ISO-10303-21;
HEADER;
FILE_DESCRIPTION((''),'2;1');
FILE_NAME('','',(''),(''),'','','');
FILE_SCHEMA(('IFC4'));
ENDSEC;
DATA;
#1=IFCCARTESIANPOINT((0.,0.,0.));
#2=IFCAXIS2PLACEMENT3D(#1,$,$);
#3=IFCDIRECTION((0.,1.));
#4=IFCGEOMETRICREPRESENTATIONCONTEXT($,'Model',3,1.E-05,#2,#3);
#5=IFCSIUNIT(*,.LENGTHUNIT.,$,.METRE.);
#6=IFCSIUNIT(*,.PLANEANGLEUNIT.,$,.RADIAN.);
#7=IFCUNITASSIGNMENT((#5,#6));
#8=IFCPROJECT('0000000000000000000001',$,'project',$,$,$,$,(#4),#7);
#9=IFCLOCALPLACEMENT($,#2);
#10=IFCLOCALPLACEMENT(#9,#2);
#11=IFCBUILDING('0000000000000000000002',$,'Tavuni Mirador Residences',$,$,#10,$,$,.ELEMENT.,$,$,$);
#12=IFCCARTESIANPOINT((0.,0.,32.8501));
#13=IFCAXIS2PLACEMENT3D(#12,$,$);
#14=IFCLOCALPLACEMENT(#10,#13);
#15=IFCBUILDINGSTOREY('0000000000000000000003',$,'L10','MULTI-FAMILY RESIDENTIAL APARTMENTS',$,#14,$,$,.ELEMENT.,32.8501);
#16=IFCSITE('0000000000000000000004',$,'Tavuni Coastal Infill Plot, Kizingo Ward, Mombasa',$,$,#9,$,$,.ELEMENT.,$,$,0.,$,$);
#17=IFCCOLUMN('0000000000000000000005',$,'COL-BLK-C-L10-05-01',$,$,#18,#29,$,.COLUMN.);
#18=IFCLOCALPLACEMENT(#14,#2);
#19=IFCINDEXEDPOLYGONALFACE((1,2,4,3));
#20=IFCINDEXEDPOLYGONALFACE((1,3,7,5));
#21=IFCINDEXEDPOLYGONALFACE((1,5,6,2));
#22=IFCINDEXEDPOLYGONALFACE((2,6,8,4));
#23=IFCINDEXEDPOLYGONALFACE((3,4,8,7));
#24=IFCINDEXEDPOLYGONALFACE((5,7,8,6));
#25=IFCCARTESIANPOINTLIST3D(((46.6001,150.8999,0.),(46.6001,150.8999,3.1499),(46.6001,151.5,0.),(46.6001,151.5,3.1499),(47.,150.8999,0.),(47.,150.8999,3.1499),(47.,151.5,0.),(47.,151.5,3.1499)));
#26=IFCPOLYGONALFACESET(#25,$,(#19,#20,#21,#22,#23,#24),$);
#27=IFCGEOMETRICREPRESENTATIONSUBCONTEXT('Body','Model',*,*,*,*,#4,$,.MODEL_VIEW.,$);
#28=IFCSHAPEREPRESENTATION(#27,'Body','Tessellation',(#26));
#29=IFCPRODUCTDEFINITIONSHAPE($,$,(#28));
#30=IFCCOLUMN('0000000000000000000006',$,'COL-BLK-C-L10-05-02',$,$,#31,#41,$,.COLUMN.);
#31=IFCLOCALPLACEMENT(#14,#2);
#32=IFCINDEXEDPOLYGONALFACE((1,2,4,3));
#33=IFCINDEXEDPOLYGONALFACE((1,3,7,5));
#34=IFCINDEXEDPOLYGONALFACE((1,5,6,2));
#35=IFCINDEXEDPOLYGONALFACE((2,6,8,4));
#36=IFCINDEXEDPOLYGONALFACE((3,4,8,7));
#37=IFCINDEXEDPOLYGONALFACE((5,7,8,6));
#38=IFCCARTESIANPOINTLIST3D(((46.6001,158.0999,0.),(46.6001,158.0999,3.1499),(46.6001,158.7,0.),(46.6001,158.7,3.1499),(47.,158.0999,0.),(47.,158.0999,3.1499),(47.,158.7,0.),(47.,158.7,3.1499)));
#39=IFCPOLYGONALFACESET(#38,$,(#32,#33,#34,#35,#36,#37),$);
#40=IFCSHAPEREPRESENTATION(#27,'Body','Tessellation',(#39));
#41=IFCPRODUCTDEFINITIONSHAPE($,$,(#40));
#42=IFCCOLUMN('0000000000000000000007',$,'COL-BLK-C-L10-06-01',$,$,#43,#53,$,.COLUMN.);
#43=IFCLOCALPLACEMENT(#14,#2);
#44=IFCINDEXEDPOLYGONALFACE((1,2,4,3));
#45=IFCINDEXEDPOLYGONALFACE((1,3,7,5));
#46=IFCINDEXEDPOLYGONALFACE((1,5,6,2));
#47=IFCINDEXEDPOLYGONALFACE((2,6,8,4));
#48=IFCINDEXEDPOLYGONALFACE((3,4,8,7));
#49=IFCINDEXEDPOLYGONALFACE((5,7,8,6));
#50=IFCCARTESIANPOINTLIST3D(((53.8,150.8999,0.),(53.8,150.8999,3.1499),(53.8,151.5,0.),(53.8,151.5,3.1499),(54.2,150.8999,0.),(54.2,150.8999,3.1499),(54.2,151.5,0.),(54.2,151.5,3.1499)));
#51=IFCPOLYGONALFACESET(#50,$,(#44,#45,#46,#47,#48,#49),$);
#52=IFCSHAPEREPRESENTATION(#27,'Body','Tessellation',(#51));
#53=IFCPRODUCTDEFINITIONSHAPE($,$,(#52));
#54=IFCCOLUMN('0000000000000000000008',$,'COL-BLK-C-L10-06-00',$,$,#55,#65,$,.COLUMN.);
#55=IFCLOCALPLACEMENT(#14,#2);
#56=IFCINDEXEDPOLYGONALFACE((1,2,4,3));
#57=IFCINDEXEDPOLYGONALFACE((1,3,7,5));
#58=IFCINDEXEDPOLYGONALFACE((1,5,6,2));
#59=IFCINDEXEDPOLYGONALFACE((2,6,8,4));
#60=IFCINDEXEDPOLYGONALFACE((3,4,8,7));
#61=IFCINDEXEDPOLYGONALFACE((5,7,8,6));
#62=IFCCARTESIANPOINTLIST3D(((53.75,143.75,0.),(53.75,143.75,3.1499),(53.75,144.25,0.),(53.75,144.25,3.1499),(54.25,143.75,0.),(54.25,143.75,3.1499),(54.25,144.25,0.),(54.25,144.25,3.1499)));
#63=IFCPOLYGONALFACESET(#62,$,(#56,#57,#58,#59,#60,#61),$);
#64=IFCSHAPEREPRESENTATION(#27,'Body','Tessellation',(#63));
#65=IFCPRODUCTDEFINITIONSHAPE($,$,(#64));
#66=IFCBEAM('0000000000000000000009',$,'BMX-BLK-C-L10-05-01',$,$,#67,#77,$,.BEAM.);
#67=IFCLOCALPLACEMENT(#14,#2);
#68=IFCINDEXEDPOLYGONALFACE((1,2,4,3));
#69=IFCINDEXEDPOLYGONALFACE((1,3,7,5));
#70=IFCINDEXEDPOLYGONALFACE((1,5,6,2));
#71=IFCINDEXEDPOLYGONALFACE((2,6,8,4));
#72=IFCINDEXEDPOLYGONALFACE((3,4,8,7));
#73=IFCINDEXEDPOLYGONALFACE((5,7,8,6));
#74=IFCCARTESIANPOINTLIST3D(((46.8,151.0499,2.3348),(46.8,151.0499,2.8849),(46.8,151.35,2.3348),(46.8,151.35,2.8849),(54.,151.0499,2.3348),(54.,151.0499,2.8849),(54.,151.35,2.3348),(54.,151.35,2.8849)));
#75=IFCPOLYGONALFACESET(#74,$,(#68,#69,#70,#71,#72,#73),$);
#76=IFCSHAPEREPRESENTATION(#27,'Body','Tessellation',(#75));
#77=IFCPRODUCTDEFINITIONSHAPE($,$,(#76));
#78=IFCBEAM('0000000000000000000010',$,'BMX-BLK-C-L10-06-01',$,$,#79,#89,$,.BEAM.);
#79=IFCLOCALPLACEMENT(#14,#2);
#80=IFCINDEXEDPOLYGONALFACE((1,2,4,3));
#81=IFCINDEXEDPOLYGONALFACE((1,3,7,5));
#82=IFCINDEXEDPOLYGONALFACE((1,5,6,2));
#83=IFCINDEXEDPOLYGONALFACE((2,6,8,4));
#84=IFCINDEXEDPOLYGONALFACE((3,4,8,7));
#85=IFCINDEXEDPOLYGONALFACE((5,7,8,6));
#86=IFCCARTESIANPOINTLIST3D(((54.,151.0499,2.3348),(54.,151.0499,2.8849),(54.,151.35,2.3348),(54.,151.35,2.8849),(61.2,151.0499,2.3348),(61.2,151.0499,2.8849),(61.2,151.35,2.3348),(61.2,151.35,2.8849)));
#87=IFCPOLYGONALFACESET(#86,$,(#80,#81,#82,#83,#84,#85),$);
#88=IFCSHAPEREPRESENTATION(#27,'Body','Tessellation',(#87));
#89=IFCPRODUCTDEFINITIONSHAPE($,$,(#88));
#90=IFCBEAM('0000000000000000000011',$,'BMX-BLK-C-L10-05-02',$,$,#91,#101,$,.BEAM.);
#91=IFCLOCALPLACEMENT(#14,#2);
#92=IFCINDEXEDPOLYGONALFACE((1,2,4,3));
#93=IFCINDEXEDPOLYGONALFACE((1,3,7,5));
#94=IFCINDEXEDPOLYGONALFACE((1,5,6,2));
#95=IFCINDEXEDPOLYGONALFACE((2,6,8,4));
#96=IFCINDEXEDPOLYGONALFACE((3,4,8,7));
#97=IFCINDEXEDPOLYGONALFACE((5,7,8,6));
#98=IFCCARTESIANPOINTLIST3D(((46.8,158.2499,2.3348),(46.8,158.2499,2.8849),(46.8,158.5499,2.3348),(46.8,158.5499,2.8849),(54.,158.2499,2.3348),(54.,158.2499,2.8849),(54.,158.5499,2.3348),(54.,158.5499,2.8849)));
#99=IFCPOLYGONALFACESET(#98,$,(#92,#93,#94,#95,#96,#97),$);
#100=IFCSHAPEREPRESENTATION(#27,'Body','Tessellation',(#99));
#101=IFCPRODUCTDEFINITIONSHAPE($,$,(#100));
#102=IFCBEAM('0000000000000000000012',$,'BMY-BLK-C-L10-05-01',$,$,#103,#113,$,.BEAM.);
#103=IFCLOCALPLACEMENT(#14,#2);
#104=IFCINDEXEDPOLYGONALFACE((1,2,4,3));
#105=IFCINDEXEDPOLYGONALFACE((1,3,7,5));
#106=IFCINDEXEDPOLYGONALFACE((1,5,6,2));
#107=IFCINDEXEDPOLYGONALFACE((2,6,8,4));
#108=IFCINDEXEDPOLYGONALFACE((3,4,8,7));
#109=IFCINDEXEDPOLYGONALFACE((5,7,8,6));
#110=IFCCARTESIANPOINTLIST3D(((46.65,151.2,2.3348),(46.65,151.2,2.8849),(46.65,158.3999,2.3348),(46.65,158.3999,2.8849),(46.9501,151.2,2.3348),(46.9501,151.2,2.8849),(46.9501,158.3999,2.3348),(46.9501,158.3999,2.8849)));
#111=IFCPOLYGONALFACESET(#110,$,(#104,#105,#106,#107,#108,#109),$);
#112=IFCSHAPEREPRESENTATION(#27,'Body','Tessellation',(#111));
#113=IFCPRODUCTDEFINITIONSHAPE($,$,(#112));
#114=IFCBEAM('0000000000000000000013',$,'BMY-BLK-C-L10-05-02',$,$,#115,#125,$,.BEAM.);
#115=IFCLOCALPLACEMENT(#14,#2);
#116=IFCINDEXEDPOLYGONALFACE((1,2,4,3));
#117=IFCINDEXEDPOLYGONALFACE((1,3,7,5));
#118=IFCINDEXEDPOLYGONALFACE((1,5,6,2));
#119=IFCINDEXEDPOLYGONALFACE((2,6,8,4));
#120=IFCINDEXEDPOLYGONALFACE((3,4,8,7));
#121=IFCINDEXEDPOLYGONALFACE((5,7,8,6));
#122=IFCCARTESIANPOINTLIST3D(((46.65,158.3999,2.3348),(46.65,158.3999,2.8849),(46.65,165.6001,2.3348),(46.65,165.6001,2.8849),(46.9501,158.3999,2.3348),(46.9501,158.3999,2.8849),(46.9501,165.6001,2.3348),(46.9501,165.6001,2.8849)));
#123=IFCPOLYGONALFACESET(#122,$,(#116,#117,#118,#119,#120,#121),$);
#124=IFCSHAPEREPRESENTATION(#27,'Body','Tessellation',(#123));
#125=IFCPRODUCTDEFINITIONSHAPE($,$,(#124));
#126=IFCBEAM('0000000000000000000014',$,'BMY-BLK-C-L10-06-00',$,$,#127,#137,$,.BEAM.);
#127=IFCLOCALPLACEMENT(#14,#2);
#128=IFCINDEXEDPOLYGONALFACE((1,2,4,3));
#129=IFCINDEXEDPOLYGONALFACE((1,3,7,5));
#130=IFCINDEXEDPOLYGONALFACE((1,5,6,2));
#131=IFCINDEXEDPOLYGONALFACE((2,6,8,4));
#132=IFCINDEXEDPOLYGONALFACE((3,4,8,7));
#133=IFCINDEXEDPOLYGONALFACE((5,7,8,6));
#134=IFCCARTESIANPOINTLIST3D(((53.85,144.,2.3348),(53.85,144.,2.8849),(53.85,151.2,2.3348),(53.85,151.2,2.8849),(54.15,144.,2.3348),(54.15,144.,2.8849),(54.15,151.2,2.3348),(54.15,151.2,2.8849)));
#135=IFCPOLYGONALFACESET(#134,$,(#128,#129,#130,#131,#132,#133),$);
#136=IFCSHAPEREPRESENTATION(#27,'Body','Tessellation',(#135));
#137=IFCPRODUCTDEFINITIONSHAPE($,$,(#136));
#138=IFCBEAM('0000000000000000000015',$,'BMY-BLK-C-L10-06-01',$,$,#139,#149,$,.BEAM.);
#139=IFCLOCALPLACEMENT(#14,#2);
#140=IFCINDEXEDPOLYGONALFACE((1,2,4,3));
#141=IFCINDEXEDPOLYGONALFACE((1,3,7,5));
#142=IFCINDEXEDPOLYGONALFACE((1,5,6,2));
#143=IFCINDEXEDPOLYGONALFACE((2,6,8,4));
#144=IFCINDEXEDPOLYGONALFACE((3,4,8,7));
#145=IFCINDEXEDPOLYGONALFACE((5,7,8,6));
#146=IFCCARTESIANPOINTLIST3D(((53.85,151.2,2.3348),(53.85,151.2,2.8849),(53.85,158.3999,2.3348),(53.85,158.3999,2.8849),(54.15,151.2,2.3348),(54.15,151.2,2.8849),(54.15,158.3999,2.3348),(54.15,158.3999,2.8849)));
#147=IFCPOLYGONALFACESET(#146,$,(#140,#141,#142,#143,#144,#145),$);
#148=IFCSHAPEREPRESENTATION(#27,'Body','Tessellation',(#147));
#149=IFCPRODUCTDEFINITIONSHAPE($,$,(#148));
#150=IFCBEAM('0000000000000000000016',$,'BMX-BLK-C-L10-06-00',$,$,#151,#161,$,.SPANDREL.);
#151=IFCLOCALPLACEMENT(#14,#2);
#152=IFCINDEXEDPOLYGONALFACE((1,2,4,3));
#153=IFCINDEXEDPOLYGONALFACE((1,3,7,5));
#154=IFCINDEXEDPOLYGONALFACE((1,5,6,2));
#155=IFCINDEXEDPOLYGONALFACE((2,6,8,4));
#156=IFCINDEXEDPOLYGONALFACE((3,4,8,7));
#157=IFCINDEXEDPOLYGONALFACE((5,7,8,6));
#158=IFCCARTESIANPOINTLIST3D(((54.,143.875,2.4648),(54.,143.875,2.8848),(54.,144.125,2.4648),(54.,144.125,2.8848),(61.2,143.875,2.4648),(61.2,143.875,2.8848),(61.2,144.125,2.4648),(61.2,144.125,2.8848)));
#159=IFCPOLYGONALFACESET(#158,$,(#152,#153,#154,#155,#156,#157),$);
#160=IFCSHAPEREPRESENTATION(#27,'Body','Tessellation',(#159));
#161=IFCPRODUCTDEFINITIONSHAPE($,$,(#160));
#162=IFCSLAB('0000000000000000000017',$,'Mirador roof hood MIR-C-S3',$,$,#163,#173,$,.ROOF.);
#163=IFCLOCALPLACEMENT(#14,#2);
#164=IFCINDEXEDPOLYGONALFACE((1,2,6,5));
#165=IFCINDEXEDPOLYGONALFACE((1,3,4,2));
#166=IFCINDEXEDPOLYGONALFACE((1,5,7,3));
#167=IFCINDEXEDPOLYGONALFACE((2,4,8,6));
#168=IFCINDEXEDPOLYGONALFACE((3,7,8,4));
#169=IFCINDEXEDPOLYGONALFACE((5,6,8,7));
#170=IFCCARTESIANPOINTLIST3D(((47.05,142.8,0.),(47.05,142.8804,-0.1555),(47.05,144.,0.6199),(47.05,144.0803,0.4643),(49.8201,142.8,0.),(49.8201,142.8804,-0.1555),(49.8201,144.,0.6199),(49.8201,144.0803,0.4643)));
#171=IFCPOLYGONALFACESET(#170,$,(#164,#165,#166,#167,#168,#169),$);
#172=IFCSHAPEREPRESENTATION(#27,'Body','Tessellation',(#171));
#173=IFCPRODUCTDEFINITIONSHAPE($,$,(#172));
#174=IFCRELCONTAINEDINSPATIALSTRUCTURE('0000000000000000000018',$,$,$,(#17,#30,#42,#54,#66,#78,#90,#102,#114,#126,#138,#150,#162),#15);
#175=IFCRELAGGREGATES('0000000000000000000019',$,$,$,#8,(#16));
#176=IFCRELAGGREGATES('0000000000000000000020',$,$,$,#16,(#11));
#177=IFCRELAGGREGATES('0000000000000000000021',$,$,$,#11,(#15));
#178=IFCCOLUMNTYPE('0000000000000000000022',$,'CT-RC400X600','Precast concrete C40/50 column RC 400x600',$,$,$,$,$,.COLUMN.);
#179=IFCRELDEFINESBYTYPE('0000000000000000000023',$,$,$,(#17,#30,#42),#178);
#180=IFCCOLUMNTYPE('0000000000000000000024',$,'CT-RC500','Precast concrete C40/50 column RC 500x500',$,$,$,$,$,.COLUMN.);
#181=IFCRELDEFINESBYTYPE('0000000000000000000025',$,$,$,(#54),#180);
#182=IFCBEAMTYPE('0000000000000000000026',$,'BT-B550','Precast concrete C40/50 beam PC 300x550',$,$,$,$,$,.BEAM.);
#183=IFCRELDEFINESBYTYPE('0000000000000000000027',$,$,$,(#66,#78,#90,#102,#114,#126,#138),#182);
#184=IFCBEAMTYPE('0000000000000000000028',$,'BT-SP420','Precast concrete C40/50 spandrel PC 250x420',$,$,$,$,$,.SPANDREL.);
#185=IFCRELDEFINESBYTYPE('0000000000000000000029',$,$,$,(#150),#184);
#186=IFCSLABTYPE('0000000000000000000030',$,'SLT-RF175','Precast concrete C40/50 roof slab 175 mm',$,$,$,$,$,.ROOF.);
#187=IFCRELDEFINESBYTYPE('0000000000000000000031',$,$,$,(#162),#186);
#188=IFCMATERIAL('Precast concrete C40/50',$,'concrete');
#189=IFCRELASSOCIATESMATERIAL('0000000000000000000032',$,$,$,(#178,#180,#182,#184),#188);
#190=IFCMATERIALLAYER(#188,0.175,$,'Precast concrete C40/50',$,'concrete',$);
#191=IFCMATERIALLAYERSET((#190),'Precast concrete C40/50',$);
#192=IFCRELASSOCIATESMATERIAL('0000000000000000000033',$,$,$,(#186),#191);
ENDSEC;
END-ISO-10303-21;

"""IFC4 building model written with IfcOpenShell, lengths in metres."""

from ifc_helpers import new_model, si_unit, direction, frame, origin, origin_2d, place, context, subcontext, project, spatial, polyline, rectangle, outline, extrude, material, layer, layer_set, material_profile, profile_set, type_object, element, save


model = new_model("IFC4")

# Units and contexts
model_context = context("Model", 3, precision=1e-05, world=origin(), true_north=direction((0.0, 1.0)))
body_context = subcontext(model_context, "Body", "Model", "MODEL_VIEW")
ifc_project = project(units=[si_unit("LENGTHUNIT", "METRE"), si_unit("PLANEANGLEUNIT", "RADIAN")], contexts=[model_context])

# Site, building, storey
site_placement = place(None, origin())
site = spatial("IfcSite", under=ifc_project, at=site_placement, Name="Tavuni Coastal Infill Plot, Kizingo Ward, Mombasa", CompositionType="ELEMENT", RefElevation=0.0)
building_placement = place(site_placement, origin())
building = spatial("IfcBuilding", under=site, at=building_placement, Name="Tavuni Mirador Residences", CompositionType="ELEMENT")
storey_placement = place(building_placement, frame((0.0, 0.0, 32.8501)))
storey = spatial("IfcBuildingStorey", under=building, at=storey_placement, Name="L10", Description="MULTI-FAMILY RESIDENTIAL APARTMENTS", CompositionType="ELEMENT", Elevation=32.8501)

# Columns
ifc_material_1 = material(Name="Precast concrete C40/50", Category="concrete")
ifc_material_profile_1 = material_profile(ifc_material_1, rectangle(XDim=0.3999, YDim=0.6001, at=origin_2d()), Name="RC 400x600", Category="concrete")
ifc_profile_set_1 = profile_set([ifc_material_profile_1], Name="Precast concrete C40/50")
column_type_1 = type_object("IfcColumnType", Name="CT-RC400X600", Description="Precast concrete C40/50 column RC 400x600", PredefinedType="COLUMN", material=ifc_profile_set_1)
for number, where, z_axis, x_axis, name in (
    (1, (46.8, 151.2, 0.0), (0.0, 0.0, 1.0), (1.0, 0.0, 0.0), "COL-BLK-C-L10-05-01"),
    (2, (46.8, 158.3999, 0.0), (0.0, 0.0, 1.0), (1.0, 0.0, 0.0), "COL-BLK-C-L10-05-02"),
    (3, (54.0, 151.2, 0.0), (0.0, 0.0, 1.0), (1.0, 0.0, 0.0), "COL-BLK-C-L10-06-01"),
):
    element("IfcColumn", number, at=place(storey_placement, frame(where, z_axis=z_axis, x_axis=x_axis)), inside=storey, type_object=column_type_1, Name=name, PredefinedType="COLUMN", context=body_context, shape_type="SweptSolid", body=[
        extrude(rectangle(XDim=0.3999, YDim=0.6001, at=origin_2d()), origin(), (0.0, 0.0, 1.0), 3.1499),
    ])
ifc_material_profile_2 = material_profile(ifc_material_1, rectangle(XDim=0.5, YDim=0.5, at=origin_2d()), Name="RC 500x500", Category="concrete")
ifc_profile_set_2 = profile_set([ifc_material_profile_2], Name="Precast concrete C40/50")
column_type_2 = type_object("IfcColumnType", Name="CT-RC500", Description="Precast concrete C40/50 column RC 500x500", PredefinedType="COLUMN", material=ifc_profile_set_2)
column_placement = place(storey_placement, frame((54.0, 144.0, 0.0), z_axis=(0.0, 0.0, 1.0), x_axis=(1.0, 0.0, 0.0)))
element("IfcColumn", 4, at=column_placement, inside=storey, type_object=column_type_2, Name="COL-BLK-C-L10-06-00", PredefinedType="COLUMN", context=body_context, shape_type="SweptSolid", body=[
    extrude(rectangle(XDim=0.5, YDim=0.5, at=origin_2d()), origin(), (0.0, 0.0, 1.0), 3.1499),
])

# Beams
ifc_material_profile_3 = material_profile(ifc_material_1, rectangle(XDim=0.3, YDim=0.55, at=origin_2d()), Name="PC 300x550", Category="concrete")
ifc_profile_set_3 = profile_set([ifc_material_profile_3], Name="Precast concrete C40/50")
beam_type_1 = type_object("IfcBeamType", Name="BT-B550", Description="Precast concrete C40/50 beam PC 300x550", PredefinedType="BEAM", material=ifc_profile_set_3)
for number, where, z_axis, x_axis, name in (
    (5, (46.8, 151.2, 2.6099), (1.0, 0.0, 0.0), (0.0, 1.0, 0.0), "BMX-BLK-C-L10-05-01"),
    (6, (54.0, 151.2, 2.6099), (1.0, 0.0, 0.0), (0.0, 1.0, 0.0), "BMX-BLK-C-L10-06-01"),
    (7, (46.8, 158.3999, 2.6099), (1.0, 0.0, 0.0), (0.0, 1.0, 0.0), "BMX-BLK-C-L10-05-02"),
    (8, (46.8, 151.2, 2.6099), (0.0, 1.0, 0.0), (-1.0, 0.0, 0.0), "BMY-BLK-C-L10-05-01"),
):
    element("IfcBeam", number, at=place(storey_placement, frame(where, z_axis=z_axis, x_axis=x_axis)), inside=storey, type_object=beam_type_1, Name=name, PredefinedType="BEAM", context=body_context, shape_type="SweptSolid", body=[
        extrude(rectangle(XDim=0.3, YDim=0.55, at=origin_2d()), origin(), (0.0, 0.0, 1.0), 7.2),
    ])
beam_1_placement = place(storey_placement, frame((46.8, 158.3999, 2.6099), z_axis=(0.0, 1.0, 0.0), x_axis=(-1.0, 0.0, 0.0)))
element("IfcBeam", 9, at=beam_1_placement, inside=storey, type_object=beam_type_1, Name="BMY-BLK-C-L10-05-02", PredefinedType="BEAM", context=body_context, shape_type="SweptSolid", body=[
    extrude(rectangle(XDim=0.3, YDim=0.55, at=origin_2d()), origin(), (0.0, 0.0, 1.0), 7.2002),
])
for number, where, z_axis, x_axis, name in (
    (10, (54.0, 144.0, 2.6099), (0.0, 1.0, 0.0), (-1.0, 0.0, 0.0), "BMY-BLK-C-L10-06-00"),
    (11, (54.0, 151.2, 2.6099), (0.0, 1.0, 0.0), (-1.0, 0.0, 0.0), "BMY-BLK-C-L10-06-01"),
):
    element("IfcBeam", number, at=place(storey_placement, frame(where, z_axis=z_axis, x_axis=x_axis)), inside=storey, type_object=beam_type_1, Name=name, PredefinedType="BEAM", context=body_context, shape_type="SweptSolid", body=[
        extrude(rectangle(XDim=0.3, YDim=0.55, at=origin_2d()), origin(), (0.0, 0.0, 1.0), 7.2),
    ])
ifc_material_profile_4 = material_profile(ifc_material_1, rectangle(XDim=0.25, YDim=0.4199, at=origin_2d()), Name="PC 250x420", Category="concrete")
ifc_profile_set_4 = profile_set([ifc_material_profile_4], Name="Precast concrete C40/50")
beam_type_2 = type_object("IfcBeamType", Name="BT-SP420", Description="Precast concrete C40/50 spandrel PC 250x420", PredefinedType="SPANDREL", material=ifc_profile_set_4)
beam_2_placement = place(storey_placement, frame((54.0, 144.0, 2.6748), z_axis=(1.0, 0.0, 0.0), x_axis=(0.0, 1.0, 0.0)))
element("IfcBeam", 12, at=beam_2_placement, inside=storey, type_object=beam_type_2, Name="BMX-BLK-C-L10-06-00", PredefinedType="SPANDREL", context=body_context, shape_type="SweptSolid", body=[
    extrude(rectangle(XDim=0.25, YDim=0.4199, at=origin_2d()), origin(), (0.0, 0.0, 1.0), 7.2),
])

# Slab
ifc_layer_1 = layer(ifc_material_1, 0.175, Name="Precast concrete C40/50", Category="concrete")
ifc_layer_set_1 = layer_set([ifc_layer_1], Name="Precast concrete C40/50")
slab_type = type_object("IfcSlabType", Name="SLT-RF175", Description="Precast concrete C40/50 roof slab 175 mm", PredefinedType="ROOF", material=ifc_layer_set_1)
slab_placement = place(storey_placement, frame((47.05, 144.0, 0.6199), z_axis=(0.0, -0.458961, 0.888457), x_axis=(1.0, 0.0, 0.0)))
element("IfcSlab", 13, at=slab_placement, inside=storey, type_object=slab_type, Name="Mirador roof hood MIR-C-S3", PredefinedType="ROOF", context=body_context, shape_type="SweptSolid", body=[
    extrude(outline(polyline([(0.0, 0.0), (2.77, 0.0), (2.77, -1.3506), (0.0, -1.3506), (0.0, 0.0)])), origin(), (0.0, 0.0, -1.0), 0.175),
])

save(model, "model.ifc")
